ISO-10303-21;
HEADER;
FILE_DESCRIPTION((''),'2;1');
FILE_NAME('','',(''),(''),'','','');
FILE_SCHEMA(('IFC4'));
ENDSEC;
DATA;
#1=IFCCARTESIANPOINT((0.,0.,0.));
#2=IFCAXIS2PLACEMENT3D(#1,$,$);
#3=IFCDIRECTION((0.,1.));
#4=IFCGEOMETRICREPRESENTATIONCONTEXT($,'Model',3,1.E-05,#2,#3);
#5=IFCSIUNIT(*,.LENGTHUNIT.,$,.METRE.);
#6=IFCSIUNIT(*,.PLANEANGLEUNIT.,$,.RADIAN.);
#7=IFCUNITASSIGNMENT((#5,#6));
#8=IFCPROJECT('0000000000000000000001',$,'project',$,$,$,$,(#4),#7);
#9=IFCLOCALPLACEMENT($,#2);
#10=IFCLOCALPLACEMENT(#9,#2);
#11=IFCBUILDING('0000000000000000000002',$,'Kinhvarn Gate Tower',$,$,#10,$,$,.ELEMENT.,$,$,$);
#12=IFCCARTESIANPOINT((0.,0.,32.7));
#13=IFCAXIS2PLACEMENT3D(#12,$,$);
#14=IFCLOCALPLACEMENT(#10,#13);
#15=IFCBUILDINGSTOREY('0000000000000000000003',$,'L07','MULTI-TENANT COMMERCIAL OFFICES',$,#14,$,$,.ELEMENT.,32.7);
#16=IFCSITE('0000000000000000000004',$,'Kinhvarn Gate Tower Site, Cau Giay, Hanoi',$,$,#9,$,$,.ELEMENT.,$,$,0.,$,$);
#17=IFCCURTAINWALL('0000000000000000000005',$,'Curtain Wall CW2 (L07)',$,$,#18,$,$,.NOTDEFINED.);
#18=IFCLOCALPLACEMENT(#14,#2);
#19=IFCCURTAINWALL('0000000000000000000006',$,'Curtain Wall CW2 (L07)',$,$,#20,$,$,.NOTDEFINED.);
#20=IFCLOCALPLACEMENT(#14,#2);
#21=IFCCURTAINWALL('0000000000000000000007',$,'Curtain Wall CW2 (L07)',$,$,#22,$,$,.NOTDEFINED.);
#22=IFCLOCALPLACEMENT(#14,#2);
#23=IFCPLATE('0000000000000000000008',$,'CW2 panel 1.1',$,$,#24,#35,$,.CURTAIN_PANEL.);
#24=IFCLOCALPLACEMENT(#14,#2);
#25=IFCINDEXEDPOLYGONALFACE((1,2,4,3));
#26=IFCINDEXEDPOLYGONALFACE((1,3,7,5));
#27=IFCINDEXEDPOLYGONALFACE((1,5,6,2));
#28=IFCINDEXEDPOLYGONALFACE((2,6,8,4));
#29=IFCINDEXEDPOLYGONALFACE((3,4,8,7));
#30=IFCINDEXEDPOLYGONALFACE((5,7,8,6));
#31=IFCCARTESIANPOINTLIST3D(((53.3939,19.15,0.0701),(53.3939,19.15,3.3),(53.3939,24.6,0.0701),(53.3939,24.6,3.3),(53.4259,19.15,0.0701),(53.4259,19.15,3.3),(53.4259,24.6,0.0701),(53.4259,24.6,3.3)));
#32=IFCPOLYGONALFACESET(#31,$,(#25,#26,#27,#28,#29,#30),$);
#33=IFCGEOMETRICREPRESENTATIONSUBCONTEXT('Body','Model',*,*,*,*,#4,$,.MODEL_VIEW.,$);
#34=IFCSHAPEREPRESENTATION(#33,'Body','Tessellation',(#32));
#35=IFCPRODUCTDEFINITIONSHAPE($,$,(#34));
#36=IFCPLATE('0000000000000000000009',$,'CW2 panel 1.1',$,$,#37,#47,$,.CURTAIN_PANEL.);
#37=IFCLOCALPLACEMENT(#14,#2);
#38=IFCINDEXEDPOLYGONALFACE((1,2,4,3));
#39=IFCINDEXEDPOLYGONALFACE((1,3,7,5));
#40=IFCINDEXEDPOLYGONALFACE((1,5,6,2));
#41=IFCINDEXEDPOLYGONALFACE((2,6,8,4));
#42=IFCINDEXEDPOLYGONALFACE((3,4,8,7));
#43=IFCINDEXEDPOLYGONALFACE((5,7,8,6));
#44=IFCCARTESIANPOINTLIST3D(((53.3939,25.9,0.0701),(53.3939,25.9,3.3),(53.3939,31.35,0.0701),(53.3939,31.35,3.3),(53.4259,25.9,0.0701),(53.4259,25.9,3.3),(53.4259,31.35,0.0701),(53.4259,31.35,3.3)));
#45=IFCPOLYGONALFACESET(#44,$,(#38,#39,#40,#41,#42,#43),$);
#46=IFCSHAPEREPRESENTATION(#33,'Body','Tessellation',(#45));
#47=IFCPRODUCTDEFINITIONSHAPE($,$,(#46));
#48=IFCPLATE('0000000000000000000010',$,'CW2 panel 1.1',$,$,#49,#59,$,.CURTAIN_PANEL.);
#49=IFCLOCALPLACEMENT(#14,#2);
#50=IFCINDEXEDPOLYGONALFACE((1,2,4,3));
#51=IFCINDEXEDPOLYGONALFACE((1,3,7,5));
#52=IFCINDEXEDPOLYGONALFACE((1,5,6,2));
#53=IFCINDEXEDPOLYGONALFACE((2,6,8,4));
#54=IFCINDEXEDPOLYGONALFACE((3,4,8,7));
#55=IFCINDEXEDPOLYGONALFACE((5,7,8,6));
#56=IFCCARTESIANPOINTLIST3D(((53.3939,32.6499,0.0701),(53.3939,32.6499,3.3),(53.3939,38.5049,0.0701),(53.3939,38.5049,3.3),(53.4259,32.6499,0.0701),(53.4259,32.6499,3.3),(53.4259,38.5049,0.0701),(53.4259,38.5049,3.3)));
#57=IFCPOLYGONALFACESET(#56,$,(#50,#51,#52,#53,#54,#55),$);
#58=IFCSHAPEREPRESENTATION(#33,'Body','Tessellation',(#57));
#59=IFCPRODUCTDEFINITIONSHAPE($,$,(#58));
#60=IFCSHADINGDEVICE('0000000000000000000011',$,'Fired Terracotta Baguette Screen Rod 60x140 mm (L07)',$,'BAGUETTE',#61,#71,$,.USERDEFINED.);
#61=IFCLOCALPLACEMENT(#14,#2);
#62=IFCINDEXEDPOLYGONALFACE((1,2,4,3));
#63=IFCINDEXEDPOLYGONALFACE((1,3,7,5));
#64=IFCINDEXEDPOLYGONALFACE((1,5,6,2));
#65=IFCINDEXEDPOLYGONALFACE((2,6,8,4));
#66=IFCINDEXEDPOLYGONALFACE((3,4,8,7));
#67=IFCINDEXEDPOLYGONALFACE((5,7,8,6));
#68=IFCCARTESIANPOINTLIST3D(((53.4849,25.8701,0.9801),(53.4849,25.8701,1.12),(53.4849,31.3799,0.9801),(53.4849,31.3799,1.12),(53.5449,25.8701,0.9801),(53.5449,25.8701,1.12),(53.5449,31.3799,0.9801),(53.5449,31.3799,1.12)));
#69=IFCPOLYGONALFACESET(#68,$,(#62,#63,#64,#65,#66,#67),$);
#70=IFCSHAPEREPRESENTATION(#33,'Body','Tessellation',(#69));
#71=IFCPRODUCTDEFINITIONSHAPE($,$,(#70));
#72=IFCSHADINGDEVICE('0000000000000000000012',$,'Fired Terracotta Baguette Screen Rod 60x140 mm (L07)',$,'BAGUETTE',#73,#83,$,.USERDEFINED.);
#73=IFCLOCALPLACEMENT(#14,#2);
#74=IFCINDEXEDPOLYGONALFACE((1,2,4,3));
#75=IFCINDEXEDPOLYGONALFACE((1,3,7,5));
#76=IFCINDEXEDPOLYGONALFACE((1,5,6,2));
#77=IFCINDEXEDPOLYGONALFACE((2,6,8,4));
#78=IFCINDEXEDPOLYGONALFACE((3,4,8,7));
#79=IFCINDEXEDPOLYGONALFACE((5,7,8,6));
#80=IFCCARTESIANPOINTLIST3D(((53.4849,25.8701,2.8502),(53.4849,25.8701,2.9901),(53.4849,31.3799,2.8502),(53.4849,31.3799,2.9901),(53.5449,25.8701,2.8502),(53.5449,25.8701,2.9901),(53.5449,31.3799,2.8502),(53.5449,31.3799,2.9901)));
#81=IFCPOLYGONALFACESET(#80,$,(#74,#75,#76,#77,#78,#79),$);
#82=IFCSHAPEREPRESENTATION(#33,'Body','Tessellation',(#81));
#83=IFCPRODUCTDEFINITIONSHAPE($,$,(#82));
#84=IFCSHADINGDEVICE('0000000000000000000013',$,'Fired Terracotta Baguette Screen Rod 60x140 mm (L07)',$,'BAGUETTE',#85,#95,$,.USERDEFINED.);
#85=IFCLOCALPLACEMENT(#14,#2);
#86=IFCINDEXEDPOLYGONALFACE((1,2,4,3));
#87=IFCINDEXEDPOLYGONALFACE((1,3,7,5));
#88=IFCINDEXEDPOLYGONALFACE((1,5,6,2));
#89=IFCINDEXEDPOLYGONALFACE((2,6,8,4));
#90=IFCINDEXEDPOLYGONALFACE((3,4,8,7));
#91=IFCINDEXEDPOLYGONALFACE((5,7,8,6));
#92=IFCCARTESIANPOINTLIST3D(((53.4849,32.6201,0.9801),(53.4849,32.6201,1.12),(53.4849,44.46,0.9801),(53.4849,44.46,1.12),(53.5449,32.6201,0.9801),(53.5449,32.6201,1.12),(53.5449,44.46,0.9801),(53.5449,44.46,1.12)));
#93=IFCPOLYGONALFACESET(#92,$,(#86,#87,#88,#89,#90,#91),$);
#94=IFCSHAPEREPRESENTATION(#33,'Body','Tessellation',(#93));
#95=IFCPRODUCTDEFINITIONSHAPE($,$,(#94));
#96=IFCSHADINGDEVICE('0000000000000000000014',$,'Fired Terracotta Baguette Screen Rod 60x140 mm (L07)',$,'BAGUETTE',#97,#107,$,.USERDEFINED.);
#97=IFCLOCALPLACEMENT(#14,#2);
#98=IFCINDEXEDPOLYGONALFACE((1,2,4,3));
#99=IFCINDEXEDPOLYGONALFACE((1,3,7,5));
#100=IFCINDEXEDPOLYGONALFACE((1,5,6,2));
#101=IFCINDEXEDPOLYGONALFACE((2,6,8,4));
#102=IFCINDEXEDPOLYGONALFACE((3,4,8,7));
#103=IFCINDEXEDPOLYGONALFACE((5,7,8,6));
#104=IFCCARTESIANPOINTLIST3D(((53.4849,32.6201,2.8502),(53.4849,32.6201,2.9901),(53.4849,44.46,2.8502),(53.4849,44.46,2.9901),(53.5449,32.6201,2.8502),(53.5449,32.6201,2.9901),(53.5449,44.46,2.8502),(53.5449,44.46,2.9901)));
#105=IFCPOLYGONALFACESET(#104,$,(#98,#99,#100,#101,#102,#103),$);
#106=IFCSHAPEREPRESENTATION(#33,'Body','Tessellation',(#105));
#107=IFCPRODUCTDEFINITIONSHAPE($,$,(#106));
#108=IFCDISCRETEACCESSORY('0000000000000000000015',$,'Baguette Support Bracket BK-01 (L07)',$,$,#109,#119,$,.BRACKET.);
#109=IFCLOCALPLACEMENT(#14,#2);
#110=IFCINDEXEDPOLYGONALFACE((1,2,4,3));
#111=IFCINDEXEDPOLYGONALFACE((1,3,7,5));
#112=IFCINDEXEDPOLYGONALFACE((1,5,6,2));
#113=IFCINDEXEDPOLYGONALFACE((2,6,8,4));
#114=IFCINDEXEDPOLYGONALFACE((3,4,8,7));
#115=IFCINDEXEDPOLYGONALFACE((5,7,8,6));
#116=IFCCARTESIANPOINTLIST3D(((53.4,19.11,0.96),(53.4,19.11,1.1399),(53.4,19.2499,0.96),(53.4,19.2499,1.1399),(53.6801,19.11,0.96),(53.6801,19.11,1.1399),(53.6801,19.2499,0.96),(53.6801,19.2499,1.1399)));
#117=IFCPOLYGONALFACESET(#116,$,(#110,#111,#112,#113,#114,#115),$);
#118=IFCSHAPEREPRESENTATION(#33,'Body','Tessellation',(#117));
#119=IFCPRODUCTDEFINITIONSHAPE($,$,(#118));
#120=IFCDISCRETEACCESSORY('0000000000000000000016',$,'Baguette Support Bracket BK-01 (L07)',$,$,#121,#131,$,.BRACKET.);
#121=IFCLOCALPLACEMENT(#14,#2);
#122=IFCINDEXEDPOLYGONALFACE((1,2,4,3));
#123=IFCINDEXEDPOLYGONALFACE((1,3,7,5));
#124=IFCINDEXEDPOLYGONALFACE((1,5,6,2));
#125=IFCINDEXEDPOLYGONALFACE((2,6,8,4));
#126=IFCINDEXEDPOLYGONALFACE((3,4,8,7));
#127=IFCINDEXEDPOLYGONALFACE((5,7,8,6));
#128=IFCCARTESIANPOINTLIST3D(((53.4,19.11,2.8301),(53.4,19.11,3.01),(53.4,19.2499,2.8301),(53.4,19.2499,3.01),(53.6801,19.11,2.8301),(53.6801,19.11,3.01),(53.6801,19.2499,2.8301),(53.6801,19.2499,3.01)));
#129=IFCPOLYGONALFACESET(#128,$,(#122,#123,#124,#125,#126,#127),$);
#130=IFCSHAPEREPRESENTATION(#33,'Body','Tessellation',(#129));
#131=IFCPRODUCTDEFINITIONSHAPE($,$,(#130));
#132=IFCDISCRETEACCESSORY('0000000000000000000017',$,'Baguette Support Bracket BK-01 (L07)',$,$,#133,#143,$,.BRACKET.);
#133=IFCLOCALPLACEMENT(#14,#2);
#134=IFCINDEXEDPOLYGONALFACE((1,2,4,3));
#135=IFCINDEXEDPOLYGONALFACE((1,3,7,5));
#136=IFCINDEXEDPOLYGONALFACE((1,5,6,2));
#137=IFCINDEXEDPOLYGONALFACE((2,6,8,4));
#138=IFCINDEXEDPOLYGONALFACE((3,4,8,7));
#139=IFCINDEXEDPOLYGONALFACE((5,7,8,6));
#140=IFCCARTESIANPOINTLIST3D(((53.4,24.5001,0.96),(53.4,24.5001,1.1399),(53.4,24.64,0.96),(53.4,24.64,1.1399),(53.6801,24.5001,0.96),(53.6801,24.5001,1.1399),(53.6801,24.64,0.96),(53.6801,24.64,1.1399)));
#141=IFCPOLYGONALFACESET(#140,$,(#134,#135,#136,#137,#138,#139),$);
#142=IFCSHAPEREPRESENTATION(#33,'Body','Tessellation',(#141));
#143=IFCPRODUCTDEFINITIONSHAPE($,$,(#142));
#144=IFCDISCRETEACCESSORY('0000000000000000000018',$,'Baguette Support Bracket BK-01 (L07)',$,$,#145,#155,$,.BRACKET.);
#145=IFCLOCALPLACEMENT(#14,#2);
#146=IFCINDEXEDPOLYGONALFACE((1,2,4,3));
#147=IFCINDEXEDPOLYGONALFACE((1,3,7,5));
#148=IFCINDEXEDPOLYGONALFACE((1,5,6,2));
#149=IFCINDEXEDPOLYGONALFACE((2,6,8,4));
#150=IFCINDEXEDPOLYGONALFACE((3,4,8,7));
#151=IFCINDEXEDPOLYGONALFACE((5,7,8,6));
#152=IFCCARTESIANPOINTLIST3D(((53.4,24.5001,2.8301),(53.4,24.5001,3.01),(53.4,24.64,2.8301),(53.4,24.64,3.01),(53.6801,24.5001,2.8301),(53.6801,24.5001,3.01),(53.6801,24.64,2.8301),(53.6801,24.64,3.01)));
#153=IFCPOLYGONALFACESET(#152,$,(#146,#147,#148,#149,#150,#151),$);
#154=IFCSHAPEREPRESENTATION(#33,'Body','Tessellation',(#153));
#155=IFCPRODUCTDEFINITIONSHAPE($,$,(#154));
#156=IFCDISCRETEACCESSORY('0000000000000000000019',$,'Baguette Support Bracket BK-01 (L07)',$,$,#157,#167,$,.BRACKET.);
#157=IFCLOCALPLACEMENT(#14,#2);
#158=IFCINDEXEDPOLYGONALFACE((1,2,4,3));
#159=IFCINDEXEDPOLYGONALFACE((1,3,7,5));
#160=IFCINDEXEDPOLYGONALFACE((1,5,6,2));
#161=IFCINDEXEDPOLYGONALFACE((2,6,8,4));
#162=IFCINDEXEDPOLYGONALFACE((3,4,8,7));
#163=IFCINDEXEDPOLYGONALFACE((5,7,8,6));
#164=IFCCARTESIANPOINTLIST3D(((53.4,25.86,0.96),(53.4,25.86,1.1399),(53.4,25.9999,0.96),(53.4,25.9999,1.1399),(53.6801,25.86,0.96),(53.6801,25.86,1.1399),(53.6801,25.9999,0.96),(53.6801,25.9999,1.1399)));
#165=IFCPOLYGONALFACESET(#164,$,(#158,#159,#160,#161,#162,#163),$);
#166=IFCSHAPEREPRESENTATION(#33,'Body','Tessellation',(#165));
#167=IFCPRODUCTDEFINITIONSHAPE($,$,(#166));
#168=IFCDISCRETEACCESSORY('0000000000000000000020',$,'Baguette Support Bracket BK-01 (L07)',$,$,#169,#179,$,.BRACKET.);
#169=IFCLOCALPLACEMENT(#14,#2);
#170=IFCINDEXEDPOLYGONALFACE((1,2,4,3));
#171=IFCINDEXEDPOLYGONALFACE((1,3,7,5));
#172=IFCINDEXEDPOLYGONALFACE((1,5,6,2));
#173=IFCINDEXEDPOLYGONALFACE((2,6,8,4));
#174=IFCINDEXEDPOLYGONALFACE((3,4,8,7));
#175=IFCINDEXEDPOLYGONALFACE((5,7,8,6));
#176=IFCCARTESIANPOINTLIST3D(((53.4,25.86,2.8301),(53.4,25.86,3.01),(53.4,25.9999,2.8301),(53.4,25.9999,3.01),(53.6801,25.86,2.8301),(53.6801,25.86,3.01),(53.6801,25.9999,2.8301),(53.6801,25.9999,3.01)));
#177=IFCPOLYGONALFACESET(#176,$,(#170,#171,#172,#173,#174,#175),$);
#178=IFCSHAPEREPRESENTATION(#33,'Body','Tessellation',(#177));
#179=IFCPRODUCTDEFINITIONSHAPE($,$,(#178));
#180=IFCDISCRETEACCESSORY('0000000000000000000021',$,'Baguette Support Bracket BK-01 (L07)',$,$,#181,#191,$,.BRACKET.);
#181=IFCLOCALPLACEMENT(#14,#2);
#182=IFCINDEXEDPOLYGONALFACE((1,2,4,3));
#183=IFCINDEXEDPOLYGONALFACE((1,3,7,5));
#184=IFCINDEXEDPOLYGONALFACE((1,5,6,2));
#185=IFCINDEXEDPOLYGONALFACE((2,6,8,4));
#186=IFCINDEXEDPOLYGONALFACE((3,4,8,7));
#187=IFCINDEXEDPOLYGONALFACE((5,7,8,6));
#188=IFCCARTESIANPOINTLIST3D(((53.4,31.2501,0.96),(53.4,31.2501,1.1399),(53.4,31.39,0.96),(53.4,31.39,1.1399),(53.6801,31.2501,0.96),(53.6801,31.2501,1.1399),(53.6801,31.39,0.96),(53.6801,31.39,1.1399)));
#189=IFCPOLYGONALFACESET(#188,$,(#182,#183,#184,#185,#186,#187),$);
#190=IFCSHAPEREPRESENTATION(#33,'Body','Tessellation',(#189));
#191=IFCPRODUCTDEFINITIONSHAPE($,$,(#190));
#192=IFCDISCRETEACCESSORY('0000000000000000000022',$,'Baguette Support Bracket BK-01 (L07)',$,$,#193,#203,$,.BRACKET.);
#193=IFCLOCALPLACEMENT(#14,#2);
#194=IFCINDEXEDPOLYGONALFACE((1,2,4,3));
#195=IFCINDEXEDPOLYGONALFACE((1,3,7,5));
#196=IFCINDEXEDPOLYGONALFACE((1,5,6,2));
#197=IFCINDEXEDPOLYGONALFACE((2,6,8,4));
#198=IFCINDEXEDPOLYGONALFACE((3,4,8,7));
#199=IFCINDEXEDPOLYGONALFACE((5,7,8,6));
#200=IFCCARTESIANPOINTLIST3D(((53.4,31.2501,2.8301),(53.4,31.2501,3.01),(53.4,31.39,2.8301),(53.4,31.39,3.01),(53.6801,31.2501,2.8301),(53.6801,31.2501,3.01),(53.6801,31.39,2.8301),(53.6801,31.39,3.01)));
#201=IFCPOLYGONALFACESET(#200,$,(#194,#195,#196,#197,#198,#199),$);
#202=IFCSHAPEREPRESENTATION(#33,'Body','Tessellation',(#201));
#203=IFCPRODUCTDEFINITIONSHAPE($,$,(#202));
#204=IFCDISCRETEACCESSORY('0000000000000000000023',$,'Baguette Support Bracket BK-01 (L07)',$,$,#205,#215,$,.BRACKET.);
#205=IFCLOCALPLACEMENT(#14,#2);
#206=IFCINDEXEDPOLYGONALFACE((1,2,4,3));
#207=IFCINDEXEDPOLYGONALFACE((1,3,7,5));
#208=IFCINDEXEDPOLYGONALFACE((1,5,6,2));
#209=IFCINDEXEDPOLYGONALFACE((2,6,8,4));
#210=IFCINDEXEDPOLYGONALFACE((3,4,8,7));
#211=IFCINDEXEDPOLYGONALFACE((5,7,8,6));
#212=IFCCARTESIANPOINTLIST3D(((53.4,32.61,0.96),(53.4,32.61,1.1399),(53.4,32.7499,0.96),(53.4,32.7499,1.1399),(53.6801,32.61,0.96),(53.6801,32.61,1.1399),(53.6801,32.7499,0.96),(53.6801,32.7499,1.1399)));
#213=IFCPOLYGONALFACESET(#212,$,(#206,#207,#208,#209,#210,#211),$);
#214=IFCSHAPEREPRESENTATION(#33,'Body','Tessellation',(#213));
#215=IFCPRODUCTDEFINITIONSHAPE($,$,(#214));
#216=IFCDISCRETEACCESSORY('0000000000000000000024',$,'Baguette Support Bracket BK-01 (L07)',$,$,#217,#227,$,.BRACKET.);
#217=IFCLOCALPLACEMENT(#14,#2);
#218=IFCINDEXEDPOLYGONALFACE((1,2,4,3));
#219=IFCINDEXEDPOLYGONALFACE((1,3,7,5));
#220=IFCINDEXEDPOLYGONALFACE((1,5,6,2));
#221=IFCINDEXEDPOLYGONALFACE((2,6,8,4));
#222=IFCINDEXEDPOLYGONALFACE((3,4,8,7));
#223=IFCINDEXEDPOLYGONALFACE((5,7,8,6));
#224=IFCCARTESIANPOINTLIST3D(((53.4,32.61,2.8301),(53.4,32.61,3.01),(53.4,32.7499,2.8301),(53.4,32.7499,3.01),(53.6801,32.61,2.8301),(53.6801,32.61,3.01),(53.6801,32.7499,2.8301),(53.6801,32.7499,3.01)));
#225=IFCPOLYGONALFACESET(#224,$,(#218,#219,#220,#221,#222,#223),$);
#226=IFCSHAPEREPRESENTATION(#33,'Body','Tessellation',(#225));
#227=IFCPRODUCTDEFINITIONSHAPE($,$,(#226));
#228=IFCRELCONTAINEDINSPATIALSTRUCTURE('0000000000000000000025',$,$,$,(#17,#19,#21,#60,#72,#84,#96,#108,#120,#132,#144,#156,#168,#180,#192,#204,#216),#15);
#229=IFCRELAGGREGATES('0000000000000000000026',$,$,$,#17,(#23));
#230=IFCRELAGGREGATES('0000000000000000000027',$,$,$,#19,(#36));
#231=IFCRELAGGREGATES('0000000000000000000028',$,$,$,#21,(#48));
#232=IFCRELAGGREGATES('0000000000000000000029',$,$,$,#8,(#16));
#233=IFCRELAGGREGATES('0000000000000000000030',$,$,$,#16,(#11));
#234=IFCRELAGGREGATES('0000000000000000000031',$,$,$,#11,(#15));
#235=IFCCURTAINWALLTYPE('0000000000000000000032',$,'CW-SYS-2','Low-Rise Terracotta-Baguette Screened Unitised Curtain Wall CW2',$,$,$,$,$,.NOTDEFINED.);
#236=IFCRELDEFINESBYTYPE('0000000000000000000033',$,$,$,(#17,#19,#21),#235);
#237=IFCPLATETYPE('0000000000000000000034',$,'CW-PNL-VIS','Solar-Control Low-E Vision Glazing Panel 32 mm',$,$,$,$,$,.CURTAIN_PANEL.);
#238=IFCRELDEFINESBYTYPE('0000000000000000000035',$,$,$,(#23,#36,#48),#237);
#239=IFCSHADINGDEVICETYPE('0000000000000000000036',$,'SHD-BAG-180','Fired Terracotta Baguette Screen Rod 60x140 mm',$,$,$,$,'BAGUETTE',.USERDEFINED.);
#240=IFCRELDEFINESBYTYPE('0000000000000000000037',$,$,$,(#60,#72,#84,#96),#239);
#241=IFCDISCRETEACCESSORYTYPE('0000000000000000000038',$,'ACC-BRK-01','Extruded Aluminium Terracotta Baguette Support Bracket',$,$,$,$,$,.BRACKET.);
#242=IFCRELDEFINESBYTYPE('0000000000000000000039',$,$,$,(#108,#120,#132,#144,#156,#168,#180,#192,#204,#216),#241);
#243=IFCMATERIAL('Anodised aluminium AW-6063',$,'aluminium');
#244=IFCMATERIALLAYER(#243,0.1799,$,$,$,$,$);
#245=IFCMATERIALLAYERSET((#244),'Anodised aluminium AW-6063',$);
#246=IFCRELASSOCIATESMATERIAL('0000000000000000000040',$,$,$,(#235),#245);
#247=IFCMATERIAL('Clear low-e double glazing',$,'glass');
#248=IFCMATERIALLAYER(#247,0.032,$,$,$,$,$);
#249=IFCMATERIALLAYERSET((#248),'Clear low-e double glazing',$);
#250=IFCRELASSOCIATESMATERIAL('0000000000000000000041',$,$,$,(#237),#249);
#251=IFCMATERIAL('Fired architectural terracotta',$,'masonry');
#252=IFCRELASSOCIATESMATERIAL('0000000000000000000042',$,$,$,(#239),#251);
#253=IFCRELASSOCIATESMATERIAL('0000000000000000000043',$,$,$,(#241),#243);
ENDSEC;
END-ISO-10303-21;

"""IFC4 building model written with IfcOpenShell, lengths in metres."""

from ifc_helpers import new_model, si_unit, direction, frame, origin, origin_2d, place, context, subcontext, project, spatial, rectangle, extrude, material, layer, layer_set, material_profile, profile_set, type_object, element, aggregate, save


model = new_model("IFC4")

# Units and contexts
model_context = context("Model", 3, precision=1e-05, world=origin(), true_north=direction((0.0, 1.0)))
body_context = subcontext(model_context, "Body", "Model", "MODEL_VIEW")
ifc_project = project(units=[si_unit("LENGTHUNIT", "METRE"), si_unit("PLANEANGLEUNIT", "RADIAN")], contexts=[model_context])

# Site, building, storey
site_placement = place(None, origin())
site = spatial("IfcSite", under=ifc_project, at=site_placement, Name="Kinhvarn Gate Tower Site, Cau Giay, Hanoi", CompositionType="ELEMENT", RefElevation=0.0)
building_placement = place(site_placement, origin())
building = spatial("IfcBuilding", under=site, at=building_placement, Name="Kinhvarn Gate Tower", CompositionType="ELEMENT")
storey_placement = place(building_placement, frame((0.0, 0.0, 32.7)))
storey = spatial("IfcBuildingStorey", under=building, at=storey_placement, Name="L07", Description="MULTI-TENANT COMMERCIAL OFFICES", CompositionType="ELEMENT", Elevation=32.7)

# Curtain wall
ifc_material_1 = material(Name="Anodised aluminium AW-6063", Category="aluminium")
ifc_layer_1 = layer(ifc_material_1, 0.1799)
ifc_layer_set_1 = layer_set([ifc_layer_1], Name="Anodised aluminium AW-6063")
curtain_wall_type = type_object("IfcCurtainWallType", Name="CW-SYS-2", Description="Low-Rise Terracotta-Baguette Screened Unitised Curtain Wall CW2", PredefinedType="NOTDEFINED", material=ifc_layer_set_1)
curtain_wall_1_placement = place(storey_placement, origin())
curtain_wall_1 = element("IfcCurtainWall", 1, at=curtain_wall_1_placement, inside=storey, type_object=curtain_wall_type, Name="Curtain Wall CW2 (L07)", PredefinedType="NOTDEFINED")

# Curtain wall
curtain_wall_2_placement = place(storey_placement, origin())
curtain_wall_2 = element("IfcCurtainWall", 2, at=curtain_wall_2_placement, inside=storey, type_object=curtain_wall_type, Name="Curtain Wall CW2 (L07)", PredefinedType="NOTDEFINED")

# Curtain wall
curtain_wall_3_placement = place(storey_placement, origin())
curtain_wall_3 = element("IfcCurtainWall", 3, at=curtain_wall_3_placement, inside=storey, type_object=curtain_wall_type, Name="Curtain Wall CW2 (L07)", PredefinedType="NOTDEFINED")

# Plates
ifc_material_2 = material(Name="Clear low-e double glazing", Category="glass")
ifc_layer_2 = layer(ifc_material_2, 0.032)
ifc_layer_set_2 = layer_set([ifc_layer_2], Name="Clear low-e double glazing")
plate_type = type_object("IfcPlateType", Name="CW-PNL-VIS", Description="Solar-Control Low-E Vision Glazing Panel 32 mm", PredefinedType="CURTAIN_PANEL", material=ifc_layer_set_2)
plate_1_placement = place(storey_placement, frame((53.4099, 21.875, 0.0701), z_axis=(0.0, 0.0, 1.0), x_axis=(0.0, 1.0, 0.0)))
plate_1 = element("IfcPlate", 4, at=plate_1_placement, type_object=plate_type, Name="CW2 panel 1.1", PredefinedType="CURTAIN_PANEL", context=body_context, shape_type="SweptSolid", body=[
    extrude(rectangle(XDim=5.45, YDim=0.032, at=origin_2d()), origin(), (0.0, 0.0, 1.0), 3.23),
])
aggregate(curtain_wall_1, [plate_1])
plate_2_placement = place(storey_placement, frame((53.4099, 28.625, 0.0701), z_axis=(0.0, 0.0, 1.0), x_axis=(0.0, 1.0, 0.0)))
plate_2 = element("IfcPlate", 5, at=plate_2_placement, type_object=plate_type, Name="CW2 panel 1.1", PredefinedType="CURTAIN_PANEL", context=body_context, shape_type="SweptSolid", body=[
    extrude(rectangle(XDim=5.45, YDim=0.032, at=origin_2d()), origin(), (0.0, 0.0, 1.0), 3.23),
])
aggregate(curtain_wall_2, [plate_2])
plate_3_placement = place(storey_placement, frame((53.4099, 35.5774, 0.0701), z_axis=(0.0, 0.0, 1.0), x_axis=(0.0, 1.0, 0.0)))
plate_3 = element("IfcPlate", 6, at=plate_3_placement, type_object=plate_type, Name="CW2 panel 1.1", PredefinedType="CURTAIN_PANEL", context=body_context, shape_type="SweptSolid", body=[
    extrude(rectangle(XDim=5.855, YDim=0.032, at=origin_2d()), origin(), (0.0, 0.0, 1.0), 3.23),
])
aggregate(curtain_wall_3, [plate_3])

# Shading devices
ifc_material_3 = material(Name="Fired architectural terracotta", Category="masonry")
ifc_material_profile_1 = material_profile(ifc_material_3, rectangle(XDim=0.0601, YDim=0.1399, at=origin_2d()), Name="TC 60x140")
ifc_profile_set_1 = profile_set([ifc_material_profile_1], Name="Fired architectural terracotta")
shading_device_type = type_object("IfcShadingDeviceType", Name="SHD-BAG-180", Description="Fired Terracotta Baguette Screen Rod 60x140 mm", ElementType="BAGUETTE", PredefinedType="USERDEFINED", material=ifc_profile_set_1)
for number, where, z_axis, x_axis, name in (
    (7, (53.5149, 25.8701, 1.05), (0.0, 1.0, 0.0), (-1.0, 0.0, 0.0), "Fired Terracotta Baguette Screen Rod 60x140 mm (L07)"),
    (8, (53.5149, 25.8701, 2.9202), (0.0, 1.0, 0.0), (-1.0, 0.0, 0.0), "Fired Terracotta Baguette Screen Rod 60x140 mm (L07)"),
):
    element("IfcShadingDevice", number, at=place(storey_placement, frame(where, z_axis=z_axis, x_axis=x_axis)), inside=storey, type_object=shading_device_type, Name=name, ObjectType="BAGUETTE", PredefinedType="USERDEFINED", context=body_context, shape_type="SweptSolid", body=[
        extrude(rectangle(XDim=0.0601, YDim=0.1399, at=origin_2d()), origin(), (0.0, 0.0, 1.0), 5.5098),
    ])
for number, where, z_axis, x_axis, name in (
    (9, (53.5149, 32.6201, 1.05), (0.0, 1.0, 0.0), (-1.0, 0.0, 0.0), "Fired Terracotta Baguette Screen Rod 60x140 mm (L07)"),
    (10, (53.5149, 32.6201, 2.9202), (0.0, 1.0, 0.0), (-1.0, 0.0, 0.0), "Fired Terracotta Baguette Screen Rod 60x140 mm (L07)"),
):
    element("IfcShadingDevice", number, at=place(storey_placement, frame(where, z_axis=z_axis, x_axis=x_axis)), inside=storey, type_object=shading_device_type, Name=name, ObjectType="BAGUETTE", PredefinedType="USERDEFINED", context=body_context, shape_type="SweptSolid", body=[
        extrude(rectangle(XDim=0.0601, YDim=0.1399, at=origin_2d()), origin(), (0.0, 0.0, 1.0), 11.8398),
    ])

# Discrete accessories
discrete_accessory_type = type_object("IfcDiscreteAccessoryType", Name="ACC-BRK-01", Description="Extruded Aluminium Terracotta Baguette Support Bracket", PredefinedType="BRACKET", material=ifc_material_1)
for number, where, z_axis, x_axis, name in (
    (11, (53.54, 19.1799, 0.96), (0.0, 0.0, 1.0), (0.0, 1.0, 0.0), "Baguette Support Bracket BK-01 (L07)"),
    (12, (53.54, 19.1799, 2.8301), (0.0, 0.0, 1.0), (0.0, 1.0, 0.0), "Baguette Support Bracket BK-01 (L07)"),
    (13, (53.54, 24.5701, 0.96), (0.0, 0.0, 1.0), (0.0, 1.0, 0.0), "Baguette Support Bracket BK-01 (L07)"),
    (14, (53.54, 24.5701, 2.8301), (0.0, 0.0, 1.0), (0.0, 1.0, 0.0), "Baguette Support Bracket BK-01 (L07)"),
    (15, (53.54, 25.9299, 0.96), (0.0, 0.0, 1.0), (0.0, 1.0, 0.0), "Baguette Support Bracket BK-01 (L07)"),
    (16, (53.54, 25.9299, 2.8301), (0.0, 0.0, 1.0), (0.0, 1.0, 0.0), "Baguette Support Bracket BK-01 (L07)"),
    (17, (53.54, 31.3201, 0.96), (0.0, 0.0, 1.0), (0.0, 1.0, 0.0), "Baguette Support Bracket BK-01 (L07)"),
    (18, (53.54, 31.3201, 2.8301), (0.0, 0.0, 1.0), (0.0, 1.0, 0.0), "Baguette Support Bracket BK-01 (L07)"),
    (19, (53.54, 32.6799, 0.96), (0.0, 0.0, 1.0), (0.0, 1.0, 0.0), "Baguette Support Bracket BK-01 (L07)"),
    (20, (53.54, 32.6799, 2.8301), (0.0, 0.0, 1.0), (0.0, 1.0, 0.0), "Baguette Support Bracket BK-01 (L07)"),
):
    element("IfcDiscreteAccessory", number, at=place(storey_placement, frame(where, z_axis=z_axis, x_axis=x_axis)), inside=storey, type_object=discrete_accessory_type, Name=name, PredefinedType="BRACKET", context=body_context, shape_type="SweptSolid", body=[
        extrude(rectangle(XDim=0.1399, YDim=0.28, at=origin_2d()), origin(), (0.0, 0.0, 1.0), 0.1799),
    ])

save(model, "model.ifc")
